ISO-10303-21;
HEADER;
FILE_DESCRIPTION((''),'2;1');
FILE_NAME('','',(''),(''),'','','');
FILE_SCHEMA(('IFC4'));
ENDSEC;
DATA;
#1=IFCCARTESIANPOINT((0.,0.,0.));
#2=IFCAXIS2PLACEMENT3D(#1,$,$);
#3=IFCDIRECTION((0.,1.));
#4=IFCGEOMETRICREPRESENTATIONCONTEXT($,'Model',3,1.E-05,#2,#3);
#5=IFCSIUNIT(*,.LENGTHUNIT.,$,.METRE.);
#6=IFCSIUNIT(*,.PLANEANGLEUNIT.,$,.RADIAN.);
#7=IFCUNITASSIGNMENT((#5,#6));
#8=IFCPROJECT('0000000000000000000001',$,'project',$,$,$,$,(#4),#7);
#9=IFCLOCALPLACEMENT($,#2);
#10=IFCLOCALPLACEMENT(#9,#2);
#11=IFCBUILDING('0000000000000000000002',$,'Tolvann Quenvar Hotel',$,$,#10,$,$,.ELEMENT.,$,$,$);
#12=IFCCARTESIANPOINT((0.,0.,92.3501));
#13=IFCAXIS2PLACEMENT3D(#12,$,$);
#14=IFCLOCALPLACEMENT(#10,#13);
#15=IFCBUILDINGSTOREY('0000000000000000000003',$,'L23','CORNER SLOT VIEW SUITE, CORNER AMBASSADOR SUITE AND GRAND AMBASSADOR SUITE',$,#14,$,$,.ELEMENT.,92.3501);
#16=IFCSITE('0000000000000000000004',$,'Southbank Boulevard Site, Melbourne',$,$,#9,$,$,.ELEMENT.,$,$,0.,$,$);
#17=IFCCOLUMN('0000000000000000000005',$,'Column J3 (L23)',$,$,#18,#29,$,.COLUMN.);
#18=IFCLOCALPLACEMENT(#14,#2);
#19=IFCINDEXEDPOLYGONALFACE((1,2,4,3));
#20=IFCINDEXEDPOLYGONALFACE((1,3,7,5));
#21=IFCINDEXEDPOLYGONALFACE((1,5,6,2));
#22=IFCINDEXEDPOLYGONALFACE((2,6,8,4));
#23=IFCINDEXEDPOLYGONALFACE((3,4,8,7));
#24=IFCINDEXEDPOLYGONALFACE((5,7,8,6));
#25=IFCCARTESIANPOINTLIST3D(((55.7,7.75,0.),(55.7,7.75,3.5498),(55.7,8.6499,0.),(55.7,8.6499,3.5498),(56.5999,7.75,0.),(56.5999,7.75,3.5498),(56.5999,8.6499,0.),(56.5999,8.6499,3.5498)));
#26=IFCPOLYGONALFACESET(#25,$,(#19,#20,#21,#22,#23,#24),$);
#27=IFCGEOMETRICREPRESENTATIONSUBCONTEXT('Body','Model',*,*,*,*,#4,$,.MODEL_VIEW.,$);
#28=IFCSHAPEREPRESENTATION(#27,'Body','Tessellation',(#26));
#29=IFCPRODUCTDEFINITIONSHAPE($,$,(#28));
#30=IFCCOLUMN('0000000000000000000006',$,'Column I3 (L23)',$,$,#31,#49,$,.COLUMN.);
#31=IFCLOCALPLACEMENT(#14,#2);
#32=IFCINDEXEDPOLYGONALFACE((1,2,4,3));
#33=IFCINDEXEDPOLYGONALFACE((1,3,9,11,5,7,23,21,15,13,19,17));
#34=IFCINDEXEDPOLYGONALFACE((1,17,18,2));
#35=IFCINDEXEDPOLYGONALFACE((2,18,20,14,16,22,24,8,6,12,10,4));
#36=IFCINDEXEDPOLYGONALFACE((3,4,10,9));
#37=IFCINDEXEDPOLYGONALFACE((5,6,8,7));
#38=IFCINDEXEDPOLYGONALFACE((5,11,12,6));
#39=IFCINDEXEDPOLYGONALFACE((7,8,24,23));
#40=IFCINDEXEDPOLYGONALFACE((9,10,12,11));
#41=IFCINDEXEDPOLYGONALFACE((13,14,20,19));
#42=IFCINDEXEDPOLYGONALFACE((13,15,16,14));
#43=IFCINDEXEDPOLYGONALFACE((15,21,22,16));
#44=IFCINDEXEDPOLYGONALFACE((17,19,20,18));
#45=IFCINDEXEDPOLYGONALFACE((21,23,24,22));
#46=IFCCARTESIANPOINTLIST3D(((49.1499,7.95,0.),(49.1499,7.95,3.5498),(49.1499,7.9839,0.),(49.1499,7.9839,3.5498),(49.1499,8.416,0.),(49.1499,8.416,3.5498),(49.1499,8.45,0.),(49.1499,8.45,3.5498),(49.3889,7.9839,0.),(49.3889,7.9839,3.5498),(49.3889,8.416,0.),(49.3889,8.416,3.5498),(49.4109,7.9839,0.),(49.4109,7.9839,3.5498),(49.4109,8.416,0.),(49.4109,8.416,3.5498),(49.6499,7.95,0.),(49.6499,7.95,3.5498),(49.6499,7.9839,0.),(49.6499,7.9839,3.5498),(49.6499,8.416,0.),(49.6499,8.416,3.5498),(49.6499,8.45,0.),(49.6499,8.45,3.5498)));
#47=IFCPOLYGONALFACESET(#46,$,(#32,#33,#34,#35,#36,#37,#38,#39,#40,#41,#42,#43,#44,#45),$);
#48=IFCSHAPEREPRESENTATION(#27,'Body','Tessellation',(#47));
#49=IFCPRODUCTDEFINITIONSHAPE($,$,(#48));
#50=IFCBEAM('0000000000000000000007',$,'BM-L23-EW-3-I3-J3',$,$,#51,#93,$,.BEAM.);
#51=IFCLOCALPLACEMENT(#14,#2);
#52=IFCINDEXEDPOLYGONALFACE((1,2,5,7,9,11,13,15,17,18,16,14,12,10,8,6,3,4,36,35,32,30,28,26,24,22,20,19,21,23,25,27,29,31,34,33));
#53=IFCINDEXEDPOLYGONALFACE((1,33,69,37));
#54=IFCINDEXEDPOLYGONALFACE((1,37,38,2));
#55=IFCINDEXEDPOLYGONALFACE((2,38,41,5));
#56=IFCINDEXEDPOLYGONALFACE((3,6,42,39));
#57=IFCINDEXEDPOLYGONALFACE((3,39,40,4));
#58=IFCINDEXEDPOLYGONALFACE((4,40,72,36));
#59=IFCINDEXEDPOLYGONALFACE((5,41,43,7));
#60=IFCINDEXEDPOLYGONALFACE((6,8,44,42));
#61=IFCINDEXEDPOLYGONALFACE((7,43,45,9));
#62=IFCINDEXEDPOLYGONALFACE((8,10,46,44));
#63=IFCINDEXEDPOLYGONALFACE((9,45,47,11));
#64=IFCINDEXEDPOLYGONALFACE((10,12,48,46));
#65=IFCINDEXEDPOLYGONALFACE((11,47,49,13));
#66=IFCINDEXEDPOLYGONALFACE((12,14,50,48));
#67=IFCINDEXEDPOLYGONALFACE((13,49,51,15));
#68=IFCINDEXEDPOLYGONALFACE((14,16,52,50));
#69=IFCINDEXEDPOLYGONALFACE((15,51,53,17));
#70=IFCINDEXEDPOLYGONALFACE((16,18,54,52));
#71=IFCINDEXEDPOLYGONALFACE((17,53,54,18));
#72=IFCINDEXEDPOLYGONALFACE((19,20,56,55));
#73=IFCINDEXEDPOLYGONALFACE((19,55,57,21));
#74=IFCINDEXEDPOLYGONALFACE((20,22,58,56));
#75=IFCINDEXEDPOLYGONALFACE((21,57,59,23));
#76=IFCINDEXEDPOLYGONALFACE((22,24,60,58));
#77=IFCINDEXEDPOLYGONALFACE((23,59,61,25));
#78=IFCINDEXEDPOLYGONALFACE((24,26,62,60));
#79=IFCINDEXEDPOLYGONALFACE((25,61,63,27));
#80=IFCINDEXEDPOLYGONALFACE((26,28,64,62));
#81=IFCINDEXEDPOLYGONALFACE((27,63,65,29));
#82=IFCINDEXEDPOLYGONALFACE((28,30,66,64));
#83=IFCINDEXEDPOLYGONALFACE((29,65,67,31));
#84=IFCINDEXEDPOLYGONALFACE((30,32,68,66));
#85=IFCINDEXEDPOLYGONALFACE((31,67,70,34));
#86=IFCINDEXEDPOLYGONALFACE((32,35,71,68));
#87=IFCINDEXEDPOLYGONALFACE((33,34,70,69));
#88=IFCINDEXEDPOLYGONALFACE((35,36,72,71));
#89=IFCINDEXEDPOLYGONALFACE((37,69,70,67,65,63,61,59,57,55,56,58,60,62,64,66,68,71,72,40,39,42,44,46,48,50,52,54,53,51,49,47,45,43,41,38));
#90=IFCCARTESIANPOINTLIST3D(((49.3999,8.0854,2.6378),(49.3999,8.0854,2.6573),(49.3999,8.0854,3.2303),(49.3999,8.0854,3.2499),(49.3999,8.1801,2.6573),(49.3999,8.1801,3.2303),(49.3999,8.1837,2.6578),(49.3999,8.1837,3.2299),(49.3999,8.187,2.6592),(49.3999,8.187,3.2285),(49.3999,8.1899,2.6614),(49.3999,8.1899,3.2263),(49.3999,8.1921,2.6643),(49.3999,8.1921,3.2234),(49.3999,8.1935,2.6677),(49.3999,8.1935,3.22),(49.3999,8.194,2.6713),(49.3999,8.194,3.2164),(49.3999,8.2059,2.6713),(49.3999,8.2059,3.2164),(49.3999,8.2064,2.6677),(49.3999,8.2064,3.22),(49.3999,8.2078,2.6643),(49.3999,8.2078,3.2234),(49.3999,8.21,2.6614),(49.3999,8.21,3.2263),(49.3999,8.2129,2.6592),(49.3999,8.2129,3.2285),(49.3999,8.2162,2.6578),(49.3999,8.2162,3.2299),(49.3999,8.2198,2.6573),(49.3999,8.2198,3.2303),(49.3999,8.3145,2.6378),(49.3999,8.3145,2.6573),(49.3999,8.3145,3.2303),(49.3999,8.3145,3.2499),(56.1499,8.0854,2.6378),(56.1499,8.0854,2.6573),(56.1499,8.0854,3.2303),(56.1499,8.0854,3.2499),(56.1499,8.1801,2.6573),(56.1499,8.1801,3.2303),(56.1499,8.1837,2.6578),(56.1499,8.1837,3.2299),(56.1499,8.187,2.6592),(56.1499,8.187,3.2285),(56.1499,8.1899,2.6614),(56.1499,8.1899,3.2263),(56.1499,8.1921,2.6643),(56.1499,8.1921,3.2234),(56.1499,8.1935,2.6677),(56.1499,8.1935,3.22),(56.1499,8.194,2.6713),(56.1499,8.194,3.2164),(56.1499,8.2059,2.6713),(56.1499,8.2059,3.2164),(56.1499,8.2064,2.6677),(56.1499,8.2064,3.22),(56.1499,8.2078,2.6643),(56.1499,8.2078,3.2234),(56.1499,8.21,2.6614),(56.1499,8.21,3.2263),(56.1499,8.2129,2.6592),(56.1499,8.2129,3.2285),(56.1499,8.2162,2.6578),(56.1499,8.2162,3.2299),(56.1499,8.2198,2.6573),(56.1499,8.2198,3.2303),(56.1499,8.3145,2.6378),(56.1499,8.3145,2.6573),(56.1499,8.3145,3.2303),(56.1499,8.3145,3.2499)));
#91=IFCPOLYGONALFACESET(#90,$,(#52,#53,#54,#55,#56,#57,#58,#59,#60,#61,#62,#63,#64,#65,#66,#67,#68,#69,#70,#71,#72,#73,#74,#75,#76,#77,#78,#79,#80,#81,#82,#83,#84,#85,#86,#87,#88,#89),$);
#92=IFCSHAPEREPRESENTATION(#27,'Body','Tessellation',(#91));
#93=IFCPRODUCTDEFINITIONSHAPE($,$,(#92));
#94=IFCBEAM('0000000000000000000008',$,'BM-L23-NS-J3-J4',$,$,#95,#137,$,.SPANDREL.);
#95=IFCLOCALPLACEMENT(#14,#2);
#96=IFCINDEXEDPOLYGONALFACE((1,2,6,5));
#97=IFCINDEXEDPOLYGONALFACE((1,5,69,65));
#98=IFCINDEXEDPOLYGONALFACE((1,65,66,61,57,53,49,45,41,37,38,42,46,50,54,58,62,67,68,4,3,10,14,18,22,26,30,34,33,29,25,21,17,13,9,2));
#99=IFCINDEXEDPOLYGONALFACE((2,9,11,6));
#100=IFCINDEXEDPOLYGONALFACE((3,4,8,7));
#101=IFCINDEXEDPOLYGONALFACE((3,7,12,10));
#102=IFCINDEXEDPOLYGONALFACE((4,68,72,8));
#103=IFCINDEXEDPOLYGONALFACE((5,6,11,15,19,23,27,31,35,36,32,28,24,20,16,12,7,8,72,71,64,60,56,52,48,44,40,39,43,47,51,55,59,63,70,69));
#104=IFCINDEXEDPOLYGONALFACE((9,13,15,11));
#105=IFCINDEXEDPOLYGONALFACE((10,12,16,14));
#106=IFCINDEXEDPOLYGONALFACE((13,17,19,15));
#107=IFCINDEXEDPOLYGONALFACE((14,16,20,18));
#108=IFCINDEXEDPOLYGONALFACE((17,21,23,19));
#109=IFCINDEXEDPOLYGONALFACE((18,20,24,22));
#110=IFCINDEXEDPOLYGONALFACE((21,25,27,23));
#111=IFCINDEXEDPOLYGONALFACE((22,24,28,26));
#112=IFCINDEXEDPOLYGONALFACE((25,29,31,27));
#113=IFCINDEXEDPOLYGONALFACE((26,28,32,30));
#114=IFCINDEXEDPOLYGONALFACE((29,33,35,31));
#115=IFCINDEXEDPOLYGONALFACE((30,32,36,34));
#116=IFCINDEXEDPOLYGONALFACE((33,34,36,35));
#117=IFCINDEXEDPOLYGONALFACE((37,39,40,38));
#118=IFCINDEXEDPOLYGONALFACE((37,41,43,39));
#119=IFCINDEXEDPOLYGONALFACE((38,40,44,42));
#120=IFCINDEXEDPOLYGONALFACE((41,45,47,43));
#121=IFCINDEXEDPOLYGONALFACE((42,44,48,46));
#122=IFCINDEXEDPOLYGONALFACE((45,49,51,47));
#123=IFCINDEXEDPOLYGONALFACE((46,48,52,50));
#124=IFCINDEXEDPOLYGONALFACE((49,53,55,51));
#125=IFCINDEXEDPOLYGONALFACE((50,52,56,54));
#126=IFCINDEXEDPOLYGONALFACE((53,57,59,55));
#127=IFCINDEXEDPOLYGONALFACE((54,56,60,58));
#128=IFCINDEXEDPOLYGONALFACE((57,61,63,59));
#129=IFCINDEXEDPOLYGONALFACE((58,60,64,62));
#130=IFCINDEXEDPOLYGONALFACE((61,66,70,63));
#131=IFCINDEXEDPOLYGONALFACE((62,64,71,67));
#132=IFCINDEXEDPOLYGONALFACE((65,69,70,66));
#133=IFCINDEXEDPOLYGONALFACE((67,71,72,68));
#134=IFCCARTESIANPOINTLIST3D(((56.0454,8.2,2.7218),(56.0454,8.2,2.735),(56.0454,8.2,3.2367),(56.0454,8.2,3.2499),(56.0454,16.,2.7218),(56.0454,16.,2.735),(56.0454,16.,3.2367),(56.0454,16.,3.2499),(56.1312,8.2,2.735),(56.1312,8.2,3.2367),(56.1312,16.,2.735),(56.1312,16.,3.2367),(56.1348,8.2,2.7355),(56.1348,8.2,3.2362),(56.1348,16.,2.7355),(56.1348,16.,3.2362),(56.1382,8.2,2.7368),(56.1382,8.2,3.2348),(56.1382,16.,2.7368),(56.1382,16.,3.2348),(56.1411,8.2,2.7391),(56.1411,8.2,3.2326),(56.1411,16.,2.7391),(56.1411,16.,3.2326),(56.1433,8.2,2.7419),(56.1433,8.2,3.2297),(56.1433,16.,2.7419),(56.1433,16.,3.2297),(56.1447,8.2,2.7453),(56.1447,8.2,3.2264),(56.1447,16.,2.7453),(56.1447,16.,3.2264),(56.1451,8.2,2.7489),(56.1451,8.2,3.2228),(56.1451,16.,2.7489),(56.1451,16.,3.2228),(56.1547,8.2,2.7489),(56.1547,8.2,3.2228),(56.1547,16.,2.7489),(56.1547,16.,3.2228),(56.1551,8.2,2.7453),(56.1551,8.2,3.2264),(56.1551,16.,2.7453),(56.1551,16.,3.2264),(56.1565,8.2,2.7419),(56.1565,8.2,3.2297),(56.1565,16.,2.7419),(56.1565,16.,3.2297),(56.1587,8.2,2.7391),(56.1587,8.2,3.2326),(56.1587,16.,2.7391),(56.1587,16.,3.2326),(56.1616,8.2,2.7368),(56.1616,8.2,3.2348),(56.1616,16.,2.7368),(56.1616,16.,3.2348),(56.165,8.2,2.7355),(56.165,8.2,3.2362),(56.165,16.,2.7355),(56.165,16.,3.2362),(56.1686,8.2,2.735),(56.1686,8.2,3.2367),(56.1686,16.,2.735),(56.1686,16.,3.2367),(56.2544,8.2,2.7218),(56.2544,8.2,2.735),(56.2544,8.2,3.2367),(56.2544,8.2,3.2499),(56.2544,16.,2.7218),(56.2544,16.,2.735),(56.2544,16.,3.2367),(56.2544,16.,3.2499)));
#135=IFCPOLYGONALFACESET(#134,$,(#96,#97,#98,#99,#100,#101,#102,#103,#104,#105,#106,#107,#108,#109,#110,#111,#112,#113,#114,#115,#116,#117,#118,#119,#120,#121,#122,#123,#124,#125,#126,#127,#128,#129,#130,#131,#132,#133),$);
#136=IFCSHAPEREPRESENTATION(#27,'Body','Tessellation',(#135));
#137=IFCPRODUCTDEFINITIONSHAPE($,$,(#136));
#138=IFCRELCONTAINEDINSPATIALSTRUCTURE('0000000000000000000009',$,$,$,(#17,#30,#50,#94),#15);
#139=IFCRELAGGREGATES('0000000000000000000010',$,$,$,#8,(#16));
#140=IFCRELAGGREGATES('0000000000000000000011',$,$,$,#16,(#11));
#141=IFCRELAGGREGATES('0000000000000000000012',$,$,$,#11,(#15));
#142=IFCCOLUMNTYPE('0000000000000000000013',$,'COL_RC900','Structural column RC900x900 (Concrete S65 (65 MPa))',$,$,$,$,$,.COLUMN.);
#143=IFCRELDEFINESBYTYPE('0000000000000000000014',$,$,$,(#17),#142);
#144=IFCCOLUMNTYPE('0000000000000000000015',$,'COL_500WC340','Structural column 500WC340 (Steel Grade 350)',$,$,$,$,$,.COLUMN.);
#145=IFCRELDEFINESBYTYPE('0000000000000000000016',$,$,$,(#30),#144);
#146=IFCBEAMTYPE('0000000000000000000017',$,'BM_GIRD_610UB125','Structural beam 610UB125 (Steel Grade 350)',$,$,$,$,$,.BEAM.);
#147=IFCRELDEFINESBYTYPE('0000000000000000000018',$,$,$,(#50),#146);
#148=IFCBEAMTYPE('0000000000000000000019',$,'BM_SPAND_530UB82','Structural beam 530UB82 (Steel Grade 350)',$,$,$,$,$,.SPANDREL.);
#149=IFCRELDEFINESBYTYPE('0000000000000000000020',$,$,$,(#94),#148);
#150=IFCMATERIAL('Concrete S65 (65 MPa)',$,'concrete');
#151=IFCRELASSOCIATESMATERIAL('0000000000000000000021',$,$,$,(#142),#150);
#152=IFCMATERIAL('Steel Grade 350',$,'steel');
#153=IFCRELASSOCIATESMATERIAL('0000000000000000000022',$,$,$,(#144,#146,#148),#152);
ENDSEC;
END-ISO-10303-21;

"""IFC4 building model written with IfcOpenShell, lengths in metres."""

from ifc_helpers import new_model, si_unit, direction, frame, origin, origin_2d, place, context, subcontext, project, spatial, rectangle, i_section, extrude, source, transform, mapped, material, material_profile, profile_set, type_object, type_shapes, element, save


model = new_model("IFC4")

# Units and contexts
model_context = context("Model", 3, precision=1e-05, world=origin(), true_north=direction((0.0, 1.0)))
body_context = subcontext(model_context, "Body", "Model", "MODEL_VIEW")
ifc_project = project(units=[si_unit("LENGTHUNIT", "METRE"), si_unit("PLANEANGLEUNIT", "RADIAN")], contexts=[model_context])

# Site, building, storey
site_placement = place(None, origin())
site = spatial("IfcSite", under=ifc_project, at=site_placement, Name="Southbank Boulevard Site, Melbourne", CompositionType="ELEMENT", RefElevation=0.0)
building_placement = place(site_placement, origin())
building = spatial("IfcBuilding", under=site, at=building_placement, Name="Tolvann Quenvar Hotel", CompositionType="ELEMENT")
storey_placement = place(building_placement, frame((0.0, 0.0, 92.3501)))
storey = spatial("IfcBuildingStorey", under=building, at=storey_placement, Name="L23", Description="CORNER SLOT VIEW SUITE, CORNER AMBASSADOR SUITE AND GRAND AMBASSADOR SUITE", CompositionType="ELEMENT", Elevation=92.3501)

# Columns
ifc_material_1 = material(Name="Concrete S65 (65 MPa)", Category="concrete")
ifc_material_profile_1 = material_profile(ifc_material_1, rectangle(XDim=0.8999, YDim=0.8999, at=origin_2d()), Name="RC900x900")
ifc_profile_set_1 = profile_set([ifc_material_profile_1], Name="Concrete S65 (65 MPa)")
column_type_1 = type_object("IfcColumnType", Name="COL_RC900", Description="Structural column RC900x900 (Concrete S65 (65 MPa))", PredefinedType="COLUMN", material=ifc_profile_set_1)
shared_shape_1 = source(origin(), body_context, "Body", "SweptSolid", [
    extrude(rectangle(XDim=0.8999, YDim=0.8999, at=origin_2d()), origin(), (0.0, 0.0, 1.0), 3.5498),
])
type_shapes(column_type_1, [shared_shape_1])
column_1_placement = place(storey_placement, frame((56.1499, 8.2, 0.0), z_axis=(0.0, 0.0, 1.0), x_axis=(1.0, 0.0, 0.0)))
element("IfcColumn", 1, at=column_1_placement, inside=storey, type_object=column_type_1, Name="Column J3 (L23)", PredefinedType="COLUMN", context=body_context, shape_type="MappedRepresentation", body=[
    mapped(shared_shape_1, transform((0.0, 0.0, 0.0), x_axis=(1.0, 0.0, 0.0), y_axis=(0.0, 1.0, 0.0), z_axis=(0.0, 0.0, 1.0), scale=1.0)),
])
ifc_material_2 = material(Name="Steel Grade 350", Category="steel")
ifc_material_profile_2 = material_profile(ifc_material_2, i_section(OverallWidth=0.5, OverallDepth=0.5, WebThickness=0.022, FlangeThickness=0.0339, at=origin_2d()), Name="500WC340")
ifc_profile_set_2 = profile_set([ifc_material_profile_2], Name="Steel Grade 350")
column_type_2 = type_object("IfcColumnType", Name="COL_500WC340", Description="Structural column 500WC340 (Steel Grade 350)", PredefinedType="COLUMN", material=ifc_profile_set_2)
shared_shape_2 = source(origin(), body_context, "Body", "SweptSolid", [
    extrude(i_section(OverallWidth=0.5, OverallDepth=0.5, WebThickness=0.022, FlangeThickness=0.0339, at=origin_2d()), origin(), (0.0, 0.0, 1.0), 3.5498),
])
type_shapes(column_type_2, [shared_shape_2])
column_2_placement = place(storey_placement, frame((49.3999, 8.2, 0.0), z_axis=(0.0, 0.0, 1.0), x_axis=(1.0, 0.0, 0.0)))
element("IfcColumn", 2, at=column_2_placement, inside=storey, type_object=column_type_2, Name="Column I3 (L23)", PredefinedType="COLUMN", context=body_context, shape_type="MappedRepresentation", body=[
    mapped(shared_shape_2, transform((0.0, 0.0, 0.0), x_axis=(1.0, 0.0, 0.0), y_axis=(0.0, 1.0, 0.0), z_axis=(0.0, 0.0, 1.0), scale=1.0)),
])

# Beams
ifc_material_profile_3 = material_profile(ifc_material_2, i_section(OverallWidth=0.229, OverallDepth=0.6121, WebThickness=0.012, FlangeThickness=0.0195, FilletRadius=0.0139, at=origin_2d()), Name="610UB125")
ifc_profile_set_3 = profile_set([ifc_material_profile_3], Name="Steel Grade 350")
beam_type_1 = type_object("IfcBeamType", Name="BM_GIRD_610UB125", Description="Structural beam 610UB125 (Steel Grade 350)", PredefinedType="BEAM", material=ifc_profile_set_3)
shared_shape_3 = source(origin(), body_context, "Body", "SweptSolid", [
    extrude(i_section(OverallWidth=0.229, OverallDepth=0.6121, WebThickness=0.012, FlangeThickness=0.0195, FilletRadius=0.0139, at=origin_2d()), origin(), (0.0, 0.0, 1.0), 6.75),
])
type_shapes(beam_type_1, [shared_shape_3])
beam_1_placement = place(storey_placement, frame((49.3999, 8.2, 2.9438), z_axis=(1.0, 0.0, 0.0), x_axis=(0.0, 1.0, 0.0)))
element("IfcBeam", 3, at=beam_1_placement, inside=storey, type_object=beam_type_1, Name="BM-L23-EW-3-I3-J3", PredefinedType="BEAM", context=body_context, shape_type="MappedRepresentation", body=[
    mapped(shared_shape_3, transform((0.0, 0.0, 0.0), x_axis=(1.0, 0.0, 0.0), y_axis=(0.0, 1.0, 0.0), z_axis=(0.0, 0.0, 1.0), scale=1.0)),
])
ifc_material_profile_4 = material_profile(ifc_material_2, i_section(OverallWidth=0.209, OverallDepth=0.5281, WebThickness=0.0095, FlangeThickness=0.0132, FilletRadius=0.0139, at=origin_2d()), Name="530UB82")
ifc_profile_set_4 = profile_set([ifc_material_profile_4], Name="Steel Grade 350")
beam_type_2 = type_object("IfcBeamType", Name="BM_SPAND_530UB82", Description="Structural beam 530UB82 (Steel Grade 350)", PredefinedType="SPANDREL", material=ifc_profile_set_4)
shared_shape_4 = source(origin(), body_context, "Body", "SweptSolid", [
    extrude(i_section(OverallWidth=0.209, OverallDepth=0.5281, WebThickness=0.0095, FlangeThickness=0.0132, FilletRadius=0.0139, at=origin_2d()), origin(), (0.0, 0.0, 1.0), 7.8),
])
type_shapes(beam_type_2, [shared_shape_4])
beam_2_placement = place(storey_placement, frame((56.1499, 8.2, 2.9858), z_axis=(0.0, 1.0, 0.0), x_axis=(-1.0, 0.0, 0.0)))
element("IfcBeam", 4, at=beam_2_placement, inside=storey, type_object=beam_type_2, Name="BM-L23-NS-J3-J4", PredefinedType="SPANDREL", context=body_context, shape_type="MappedRepresentation", body=[
    mapped(shared_shape_4, transform((0.0, 0.0, 0.0), x_axis=(1.0, 0.0, 0.0), y_axis=(0.0, 1.0, 0.0), z_axis=(0.0, 0.0, 1.0), scale=1.0)),
])

save(model, "model.ifc")
